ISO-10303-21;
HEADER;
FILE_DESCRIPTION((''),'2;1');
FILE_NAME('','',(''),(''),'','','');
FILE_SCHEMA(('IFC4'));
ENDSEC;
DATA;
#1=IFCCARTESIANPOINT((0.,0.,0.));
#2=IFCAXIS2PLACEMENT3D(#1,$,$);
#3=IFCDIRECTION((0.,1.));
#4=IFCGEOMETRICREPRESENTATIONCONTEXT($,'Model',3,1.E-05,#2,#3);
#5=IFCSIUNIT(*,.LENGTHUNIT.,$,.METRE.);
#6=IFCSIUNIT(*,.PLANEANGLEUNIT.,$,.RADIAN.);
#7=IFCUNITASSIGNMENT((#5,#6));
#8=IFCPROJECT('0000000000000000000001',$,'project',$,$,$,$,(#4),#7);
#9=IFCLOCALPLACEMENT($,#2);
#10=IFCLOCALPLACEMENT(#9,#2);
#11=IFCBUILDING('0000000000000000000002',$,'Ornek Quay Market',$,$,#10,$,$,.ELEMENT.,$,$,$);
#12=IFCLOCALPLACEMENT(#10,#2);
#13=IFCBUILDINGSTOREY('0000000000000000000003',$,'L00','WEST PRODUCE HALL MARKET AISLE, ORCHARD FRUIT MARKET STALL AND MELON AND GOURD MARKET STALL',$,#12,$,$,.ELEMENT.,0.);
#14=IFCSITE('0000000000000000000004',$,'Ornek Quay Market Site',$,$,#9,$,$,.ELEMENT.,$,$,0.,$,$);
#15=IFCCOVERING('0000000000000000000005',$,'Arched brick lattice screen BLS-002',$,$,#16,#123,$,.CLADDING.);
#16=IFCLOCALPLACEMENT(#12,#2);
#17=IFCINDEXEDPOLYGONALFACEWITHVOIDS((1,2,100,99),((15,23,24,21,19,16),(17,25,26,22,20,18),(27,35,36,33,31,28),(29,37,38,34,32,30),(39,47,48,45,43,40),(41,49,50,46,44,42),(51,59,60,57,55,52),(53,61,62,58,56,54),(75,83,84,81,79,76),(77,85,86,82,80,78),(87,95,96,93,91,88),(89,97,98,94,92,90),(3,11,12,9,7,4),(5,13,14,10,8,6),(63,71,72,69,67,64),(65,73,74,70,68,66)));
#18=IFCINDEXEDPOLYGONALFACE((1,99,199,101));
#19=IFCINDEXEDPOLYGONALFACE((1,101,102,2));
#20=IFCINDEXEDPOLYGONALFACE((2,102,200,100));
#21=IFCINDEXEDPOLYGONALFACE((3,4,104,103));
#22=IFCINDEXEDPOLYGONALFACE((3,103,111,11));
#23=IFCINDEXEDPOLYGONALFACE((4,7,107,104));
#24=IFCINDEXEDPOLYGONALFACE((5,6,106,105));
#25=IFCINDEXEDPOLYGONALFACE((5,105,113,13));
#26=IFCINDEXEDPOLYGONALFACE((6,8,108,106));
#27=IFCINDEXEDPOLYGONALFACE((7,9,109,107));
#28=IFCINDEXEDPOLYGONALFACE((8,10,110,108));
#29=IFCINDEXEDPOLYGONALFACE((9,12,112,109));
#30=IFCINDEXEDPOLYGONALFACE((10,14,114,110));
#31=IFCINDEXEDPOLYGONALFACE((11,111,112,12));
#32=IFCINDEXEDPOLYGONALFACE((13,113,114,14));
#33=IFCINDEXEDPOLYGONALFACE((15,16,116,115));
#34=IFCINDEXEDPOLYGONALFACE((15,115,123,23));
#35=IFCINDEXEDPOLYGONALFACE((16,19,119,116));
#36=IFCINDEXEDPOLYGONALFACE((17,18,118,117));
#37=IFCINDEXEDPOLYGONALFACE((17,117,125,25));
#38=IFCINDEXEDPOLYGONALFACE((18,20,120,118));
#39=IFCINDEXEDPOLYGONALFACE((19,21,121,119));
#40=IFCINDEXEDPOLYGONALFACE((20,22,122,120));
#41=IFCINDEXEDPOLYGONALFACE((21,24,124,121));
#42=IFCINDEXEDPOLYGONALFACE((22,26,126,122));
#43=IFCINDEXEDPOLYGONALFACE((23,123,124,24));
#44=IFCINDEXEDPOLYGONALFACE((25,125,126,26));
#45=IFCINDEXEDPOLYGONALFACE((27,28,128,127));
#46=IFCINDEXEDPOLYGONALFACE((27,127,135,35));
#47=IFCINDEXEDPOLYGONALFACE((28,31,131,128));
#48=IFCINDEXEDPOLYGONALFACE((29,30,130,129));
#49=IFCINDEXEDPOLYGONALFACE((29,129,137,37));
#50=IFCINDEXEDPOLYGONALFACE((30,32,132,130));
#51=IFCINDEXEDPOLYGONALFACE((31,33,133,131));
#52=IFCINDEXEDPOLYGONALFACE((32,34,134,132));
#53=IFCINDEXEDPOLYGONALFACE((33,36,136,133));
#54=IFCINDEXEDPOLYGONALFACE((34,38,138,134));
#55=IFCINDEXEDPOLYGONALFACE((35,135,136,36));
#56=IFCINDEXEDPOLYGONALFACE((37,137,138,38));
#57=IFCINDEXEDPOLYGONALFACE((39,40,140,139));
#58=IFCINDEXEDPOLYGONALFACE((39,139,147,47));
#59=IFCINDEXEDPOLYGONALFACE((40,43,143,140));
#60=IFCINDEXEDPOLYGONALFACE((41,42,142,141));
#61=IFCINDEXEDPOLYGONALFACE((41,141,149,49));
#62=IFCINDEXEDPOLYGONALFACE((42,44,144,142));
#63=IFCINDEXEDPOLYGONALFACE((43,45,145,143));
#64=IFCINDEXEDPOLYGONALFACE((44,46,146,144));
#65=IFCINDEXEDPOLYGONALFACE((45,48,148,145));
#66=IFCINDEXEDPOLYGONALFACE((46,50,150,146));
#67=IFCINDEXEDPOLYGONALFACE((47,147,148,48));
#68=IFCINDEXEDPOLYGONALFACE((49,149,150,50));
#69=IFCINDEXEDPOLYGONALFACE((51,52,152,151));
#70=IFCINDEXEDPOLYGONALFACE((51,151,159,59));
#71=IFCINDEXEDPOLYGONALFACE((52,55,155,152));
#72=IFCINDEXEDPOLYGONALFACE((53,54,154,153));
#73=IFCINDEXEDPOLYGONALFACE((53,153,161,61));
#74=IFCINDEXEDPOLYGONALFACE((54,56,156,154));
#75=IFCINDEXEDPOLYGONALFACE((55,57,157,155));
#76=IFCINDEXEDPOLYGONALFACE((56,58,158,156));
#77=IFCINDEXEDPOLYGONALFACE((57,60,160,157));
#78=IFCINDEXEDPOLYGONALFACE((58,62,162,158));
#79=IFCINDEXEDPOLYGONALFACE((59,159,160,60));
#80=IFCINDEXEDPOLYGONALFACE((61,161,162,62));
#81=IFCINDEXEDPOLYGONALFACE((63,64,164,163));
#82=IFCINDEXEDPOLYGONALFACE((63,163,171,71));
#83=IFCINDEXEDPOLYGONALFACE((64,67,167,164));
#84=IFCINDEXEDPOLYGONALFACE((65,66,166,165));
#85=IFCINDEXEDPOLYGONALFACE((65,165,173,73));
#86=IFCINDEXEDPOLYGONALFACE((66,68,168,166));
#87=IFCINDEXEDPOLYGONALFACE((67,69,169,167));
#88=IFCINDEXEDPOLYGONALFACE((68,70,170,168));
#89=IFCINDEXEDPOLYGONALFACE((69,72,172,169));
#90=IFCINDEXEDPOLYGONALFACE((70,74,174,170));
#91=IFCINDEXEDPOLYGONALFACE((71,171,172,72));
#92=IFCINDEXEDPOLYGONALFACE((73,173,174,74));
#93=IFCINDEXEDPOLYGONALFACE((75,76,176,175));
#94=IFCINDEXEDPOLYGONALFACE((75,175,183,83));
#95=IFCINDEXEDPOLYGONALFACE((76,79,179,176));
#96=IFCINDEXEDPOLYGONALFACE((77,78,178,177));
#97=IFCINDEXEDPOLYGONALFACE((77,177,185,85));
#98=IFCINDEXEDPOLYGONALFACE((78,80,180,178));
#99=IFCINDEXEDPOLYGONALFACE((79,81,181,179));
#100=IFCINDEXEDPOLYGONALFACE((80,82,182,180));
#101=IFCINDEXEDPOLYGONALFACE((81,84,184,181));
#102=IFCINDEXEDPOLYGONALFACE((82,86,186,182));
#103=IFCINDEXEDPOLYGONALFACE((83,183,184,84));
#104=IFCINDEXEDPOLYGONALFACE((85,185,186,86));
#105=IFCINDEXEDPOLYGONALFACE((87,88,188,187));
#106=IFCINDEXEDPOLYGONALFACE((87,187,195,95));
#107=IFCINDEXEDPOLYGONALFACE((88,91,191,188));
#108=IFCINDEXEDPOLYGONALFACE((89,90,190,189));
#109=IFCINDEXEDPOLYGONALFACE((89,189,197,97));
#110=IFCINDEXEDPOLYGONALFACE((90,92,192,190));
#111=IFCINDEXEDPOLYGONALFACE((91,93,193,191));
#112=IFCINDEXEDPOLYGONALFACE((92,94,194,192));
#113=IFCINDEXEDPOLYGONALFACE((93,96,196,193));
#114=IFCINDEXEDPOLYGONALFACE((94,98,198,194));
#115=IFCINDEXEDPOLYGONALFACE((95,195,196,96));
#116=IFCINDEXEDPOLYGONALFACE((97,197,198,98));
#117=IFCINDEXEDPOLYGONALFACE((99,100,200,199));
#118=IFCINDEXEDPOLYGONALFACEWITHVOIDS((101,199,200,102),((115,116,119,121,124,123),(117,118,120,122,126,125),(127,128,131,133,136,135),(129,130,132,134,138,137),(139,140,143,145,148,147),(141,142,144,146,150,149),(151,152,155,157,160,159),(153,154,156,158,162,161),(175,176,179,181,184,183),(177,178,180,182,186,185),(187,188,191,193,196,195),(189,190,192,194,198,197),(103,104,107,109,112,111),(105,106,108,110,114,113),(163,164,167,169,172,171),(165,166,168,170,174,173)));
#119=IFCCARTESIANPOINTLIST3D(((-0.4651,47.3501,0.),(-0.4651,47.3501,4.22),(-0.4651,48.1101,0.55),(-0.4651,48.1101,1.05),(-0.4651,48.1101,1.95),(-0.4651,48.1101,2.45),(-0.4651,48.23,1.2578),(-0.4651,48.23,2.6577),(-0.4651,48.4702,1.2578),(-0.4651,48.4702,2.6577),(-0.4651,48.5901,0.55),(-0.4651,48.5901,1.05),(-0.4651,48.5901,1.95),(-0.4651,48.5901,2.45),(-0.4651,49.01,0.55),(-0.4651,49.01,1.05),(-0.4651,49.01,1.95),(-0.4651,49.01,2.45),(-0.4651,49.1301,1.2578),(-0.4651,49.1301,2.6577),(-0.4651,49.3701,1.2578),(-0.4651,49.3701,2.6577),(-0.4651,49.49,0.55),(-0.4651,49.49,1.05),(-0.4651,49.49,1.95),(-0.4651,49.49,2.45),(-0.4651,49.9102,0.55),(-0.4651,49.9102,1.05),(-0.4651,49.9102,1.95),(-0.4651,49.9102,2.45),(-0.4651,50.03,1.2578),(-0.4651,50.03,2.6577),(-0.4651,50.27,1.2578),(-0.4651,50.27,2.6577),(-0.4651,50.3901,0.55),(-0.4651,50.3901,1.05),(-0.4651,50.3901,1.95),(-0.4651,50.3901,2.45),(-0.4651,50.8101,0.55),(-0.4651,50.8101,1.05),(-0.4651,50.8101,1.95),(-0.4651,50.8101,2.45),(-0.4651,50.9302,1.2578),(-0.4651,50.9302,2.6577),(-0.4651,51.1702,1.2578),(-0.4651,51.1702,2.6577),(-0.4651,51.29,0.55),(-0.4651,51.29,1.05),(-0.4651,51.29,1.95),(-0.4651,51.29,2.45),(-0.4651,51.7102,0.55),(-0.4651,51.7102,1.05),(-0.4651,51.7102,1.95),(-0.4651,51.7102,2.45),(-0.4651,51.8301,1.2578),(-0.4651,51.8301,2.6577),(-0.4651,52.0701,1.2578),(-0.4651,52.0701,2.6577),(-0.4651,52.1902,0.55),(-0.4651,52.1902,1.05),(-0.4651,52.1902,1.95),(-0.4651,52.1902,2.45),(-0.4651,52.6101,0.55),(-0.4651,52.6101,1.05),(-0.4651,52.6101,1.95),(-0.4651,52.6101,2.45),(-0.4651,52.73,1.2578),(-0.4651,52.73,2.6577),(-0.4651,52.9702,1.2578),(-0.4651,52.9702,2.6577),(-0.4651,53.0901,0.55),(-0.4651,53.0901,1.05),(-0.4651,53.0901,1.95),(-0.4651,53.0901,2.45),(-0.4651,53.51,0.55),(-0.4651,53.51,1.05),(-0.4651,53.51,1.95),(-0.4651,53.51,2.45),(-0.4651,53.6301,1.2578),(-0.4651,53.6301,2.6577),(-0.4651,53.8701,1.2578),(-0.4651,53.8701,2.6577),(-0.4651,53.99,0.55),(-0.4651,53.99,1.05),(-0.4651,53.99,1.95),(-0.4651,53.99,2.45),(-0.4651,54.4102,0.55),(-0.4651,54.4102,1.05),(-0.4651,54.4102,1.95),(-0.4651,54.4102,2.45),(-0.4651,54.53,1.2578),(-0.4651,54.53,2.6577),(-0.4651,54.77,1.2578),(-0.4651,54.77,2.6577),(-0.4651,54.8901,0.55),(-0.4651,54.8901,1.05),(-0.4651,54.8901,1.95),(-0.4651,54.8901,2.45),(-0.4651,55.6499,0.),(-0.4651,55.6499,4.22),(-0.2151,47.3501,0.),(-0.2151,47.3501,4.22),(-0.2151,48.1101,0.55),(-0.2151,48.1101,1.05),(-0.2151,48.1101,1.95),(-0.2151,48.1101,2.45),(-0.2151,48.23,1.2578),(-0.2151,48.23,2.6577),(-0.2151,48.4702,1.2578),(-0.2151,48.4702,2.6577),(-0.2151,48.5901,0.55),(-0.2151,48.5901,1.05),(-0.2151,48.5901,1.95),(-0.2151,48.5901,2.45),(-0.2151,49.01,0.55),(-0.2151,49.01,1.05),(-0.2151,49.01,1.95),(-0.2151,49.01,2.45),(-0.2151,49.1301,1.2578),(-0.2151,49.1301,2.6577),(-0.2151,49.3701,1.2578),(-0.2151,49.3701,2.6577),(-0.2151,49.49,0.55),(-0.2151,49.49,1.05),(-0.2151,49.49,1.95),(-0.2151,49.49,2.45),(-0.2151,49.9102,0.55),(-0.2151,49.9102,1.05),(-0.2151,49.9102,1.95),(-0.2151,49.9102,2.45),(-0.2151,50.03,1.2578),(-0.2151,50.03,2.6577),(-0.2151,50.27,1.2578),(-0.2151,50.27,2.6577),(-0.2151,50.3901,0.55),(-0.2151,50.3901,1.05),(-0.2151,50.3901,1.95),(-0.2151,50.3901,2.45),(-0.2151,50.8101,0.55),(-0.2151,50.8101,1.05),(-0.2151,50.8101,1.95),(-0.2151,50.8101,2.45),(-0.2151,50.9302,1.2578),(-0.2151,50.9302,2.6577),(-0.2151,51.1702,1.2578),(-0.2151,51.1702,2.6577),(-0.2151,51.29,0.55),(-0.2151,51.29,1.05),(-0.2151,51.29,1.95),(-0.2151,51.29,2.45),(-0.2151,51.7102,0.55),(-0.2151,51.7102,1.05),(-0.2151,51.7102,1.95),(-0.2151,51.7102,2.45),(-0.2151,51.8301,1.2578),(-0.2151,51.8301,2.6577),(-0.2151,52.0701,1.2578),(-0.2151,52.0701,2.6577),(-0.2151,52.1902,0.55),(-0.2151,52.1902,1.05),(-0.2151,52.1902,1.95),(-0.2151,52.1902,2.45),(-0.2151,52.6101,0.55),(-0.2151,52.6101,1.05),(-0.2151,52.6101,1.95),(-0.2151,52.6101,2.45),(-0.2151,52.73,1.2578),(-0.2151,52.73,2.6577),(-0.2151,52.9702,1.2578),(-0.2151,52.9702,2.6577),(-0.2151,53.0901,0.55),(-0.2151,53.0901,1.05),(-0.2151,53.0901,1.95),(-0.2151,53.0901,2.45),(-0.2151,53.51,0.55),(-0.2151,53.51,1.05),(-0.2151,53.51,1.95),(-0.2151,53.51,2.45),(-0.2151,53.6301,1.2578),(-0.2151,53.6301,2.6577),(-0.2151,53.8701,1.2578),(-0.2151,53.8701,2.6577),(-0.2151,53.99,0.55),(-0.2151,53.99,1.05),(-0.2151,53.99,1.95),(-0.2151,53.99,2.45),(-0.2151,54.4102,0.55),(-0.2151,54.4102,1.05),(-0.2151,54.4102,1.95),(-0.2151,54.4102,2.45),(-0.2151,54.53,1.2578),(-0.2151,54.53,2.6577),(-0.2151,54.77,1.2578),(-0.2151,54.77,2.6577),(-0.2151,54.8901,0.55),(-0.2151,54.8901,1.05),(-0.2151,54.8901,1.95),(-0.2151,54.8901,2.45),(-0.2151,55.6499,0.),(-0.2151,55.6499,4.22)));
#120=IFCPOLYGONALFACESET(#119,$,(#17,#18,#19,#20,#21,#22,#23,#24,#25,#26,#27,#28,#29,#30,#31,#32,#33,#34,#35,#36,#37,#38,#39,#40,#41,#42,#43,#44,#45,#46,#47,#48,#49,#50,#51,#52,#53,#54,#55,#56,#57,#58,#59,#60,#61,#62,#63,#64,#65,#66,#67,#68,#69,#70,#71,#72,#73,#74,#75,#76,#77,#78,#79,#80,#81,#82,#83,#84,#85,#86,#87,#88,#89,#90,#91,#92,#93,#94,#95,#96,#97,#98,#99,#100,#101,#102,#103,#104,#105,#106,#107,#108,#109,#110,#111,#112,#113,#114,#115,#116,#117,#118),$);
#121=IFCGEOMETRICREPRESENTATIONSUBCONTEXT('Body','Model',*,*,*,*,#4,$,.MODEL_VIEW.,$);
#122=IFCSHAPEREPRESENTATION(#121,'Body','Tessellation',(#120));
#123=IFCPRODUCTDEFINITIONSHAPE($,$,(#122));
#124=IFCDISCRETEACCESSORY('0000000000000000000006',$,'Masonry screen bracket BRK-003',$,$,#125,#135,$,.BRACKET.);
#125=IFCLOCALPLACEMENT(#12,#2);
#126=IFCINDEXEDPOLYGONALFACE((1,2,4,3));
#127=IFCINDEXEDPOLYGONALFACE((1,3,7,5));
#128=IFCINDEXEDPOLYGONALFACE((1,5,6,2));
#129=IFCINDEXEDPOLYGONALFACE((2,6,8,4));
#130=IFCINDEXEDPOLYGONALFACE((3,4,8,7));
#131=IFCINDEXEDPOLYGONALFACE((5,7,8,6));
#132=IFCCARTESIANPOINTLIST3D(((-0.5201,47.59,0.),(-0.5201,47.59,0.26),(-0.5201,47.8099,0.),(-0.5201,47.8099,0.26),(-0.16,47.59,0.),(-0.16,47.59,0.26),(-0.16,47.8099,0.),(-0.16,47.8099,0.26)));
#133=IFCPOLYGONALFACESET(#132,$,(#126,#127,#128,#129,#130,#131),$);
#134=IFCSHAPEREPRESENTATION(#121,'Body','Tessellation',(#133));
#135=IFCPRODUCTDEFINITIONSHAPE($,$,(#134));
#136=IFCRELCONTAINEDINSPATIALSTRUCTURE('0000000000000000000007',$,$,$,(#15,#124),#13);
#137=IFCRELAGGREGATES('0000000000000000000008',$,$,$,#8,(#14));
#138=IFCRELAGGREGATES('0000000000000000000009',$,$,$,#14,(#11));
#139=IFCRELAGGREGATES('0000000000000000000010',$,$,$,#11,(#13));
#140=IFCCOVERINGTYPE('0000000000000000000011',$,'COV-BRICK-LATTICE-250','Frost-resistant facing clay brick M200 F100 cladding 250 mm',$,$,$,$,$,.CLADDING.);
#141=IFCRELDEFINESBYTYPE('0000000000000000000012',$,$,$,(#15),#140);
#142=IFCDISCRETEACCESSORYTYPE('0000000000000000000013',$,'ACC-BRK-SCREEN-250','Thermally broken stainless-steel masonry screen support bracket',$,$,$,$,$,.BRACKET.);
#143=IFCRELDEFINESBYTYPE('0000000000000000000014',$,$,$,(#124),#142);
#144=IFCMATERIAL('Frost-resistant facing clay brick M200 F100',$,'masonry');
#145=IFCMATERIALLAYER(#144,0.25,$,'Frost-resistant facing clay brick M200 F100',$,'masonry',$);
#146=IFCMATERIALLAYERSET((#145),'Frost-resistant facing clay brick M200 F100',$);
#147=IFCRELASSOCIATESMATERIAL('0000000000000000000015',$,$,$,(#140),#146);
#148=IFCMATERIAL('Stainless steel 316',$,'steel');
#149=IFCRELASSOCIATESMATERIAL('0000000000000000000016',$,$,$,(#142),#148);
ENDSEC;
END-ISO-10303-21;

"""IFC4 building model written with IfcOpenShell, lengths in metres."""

from ifc_helpers import new_model, si_unit, direction, frame, origin, origin_2d, place, context, subcontext, project, spatial, polyline, rectangle, outline, extrude, material, layer, layer_set, type_object, element, save


model = new_model("IFC4")

# Units and contexts
model_context = context("Model", 3, precision=1e-05, world=origin(), true_north=direction((0.0, 1.0)))
body_context = subcontext(model_context, "Body", "Model", "MODEL_VIEW")
ifc_project = project(units=[si_unit("LENGTHUNIT", "METRE"), si_unit("PLANEANGLEUNIT", "RADIAN")], contexts=[model_context])

# Site, building, storey
site_placement = place(None, origin())
site = spatial("IfcSite", under=ifc_project, at=site_placement, Name="Ornek Quay Market Site", CompositionType="ELEMENT", RefElevation=0.0)
building_placement = place(site_placement, origin())
building = spatial("IfcBuilding", under=site, at=building_placement, Name="Ornek Quay Market", CompositionType="ELEMENT")
storey_placement = place(building_placement, origin())
storey = spatial("IfcBuildingStorey", under=building, at=storey_placement, Name="L00", Description="WEST PRODUCE HALL MARKET AISLE, ORCHARD FRUIT MARKET STALL AND MELON AND GOURD MARKET STALL", CompositionType="ELEMENT", Elevation=0.0)

# Shared definitions
ifc_material_1 = material(Name="Frost-resistant facing clay brick M200 F100", Category="masonry")

# Covering
ifc_layer_1 = layer(ifc_material_1, 0.25, Name="Frost-resistant facing clay brick M200 F100", Category="masonry")
ifc_layer_set_1 = layer_set([ifc_layer_1], Name="Frost-resistant facing clay brick M200 F100")
covering_type = type_object("IfcCoveringType", Name="COV-BRICK-LATTICE-250", Description="Frost-resistant facing clay brick M200 F100 cladding 250 mm", PredefinedType="CLADDING", material=ifc_layer_set_1)
covering_placement = place(storey_placement, frame((-0.3401, 47.3501, 0.0), z_axis=(0.0, 0.0, 1.0), x_axis=(0.0, 1.0, 0.0)))
element("IfcCovering", 1, at=covering_placement, inside=storey, type_object=covering_type, Name="Arched brick lattice screen BLS-002", PredefinedType="CLADDING", context=body_context, shape_type="SweptSolid", body=[
    extrude(outline(polyline([(0.0, 0.0), (8.2998, 0.0), (8.2998, 4.22), (0.0, 4.22), (0.0, 0.0)]), holes=[polyline([(0.76, 0.55), (1.24, 0.55), (1.24, 1.05), (1.1201, 1.2578), (0.8799, 1.2578), (0.76, 1.05), (0.76, 0.55)]), polyline([(0.76, 1.95), (1.24, 1.95), (1.24, 2.45), (1.1201, 2.6577), (0.8799, 2.6577), (0.76, 2.45), (0.76, 1.95)]), polyline([(1.6599, 0.55), (2.1399, 0.55), (2.1399, 1.05), (2.02, 1.2578), (1.78, 1.2578), (1.6599, 1.05), (1.6599, 0.55)]), polyline([(1.6599, 1.95), (2.1399, 1.95), (2.1399, 2.45), (2.02, 2.6577), (1.78, 2.6577), (1.6599, 2.45), (1.6599, 1.95)]), polyline([(2.5601, 0.55), (3.04, 0.55), (3.04, 1.05), (2.9199, 1.2578), (2.6799, 1.2578), (2.5601, 1.05), (2.5601, 0.55)]), polyline([(2.5601, 1.95), (3.04, 1.95), (3.04, 2.45), (2.9199, 2.6577), (2.6799, 2.6577), (2.5601, 2.45), (2.5601, 1.95)]), polyline([(3.46, 0.55), (3.9399, 0.55), (3.9399, 1.05), (3.8201, 1.2578), (3.5801, 1.2578), (3.46, 1.05), (3.46, 0.55)]), polyline([(3.46, 1.95), (3.9399, 1.95), (3.9399, 2.45), (3.8201, 2.6577), (3.5801, 2.6577), (3.46, 2.45), (3.46, 1.95)]), polyline([(4.3601, 0.55), (4.8401, 0.55), (4.8401, 1.05), (4.72, 1.2578), (4.48, 1.2578), (4.3601, 1.05), (4.3601, 0.55)]), polyline([(4.3601, 1.95), (4.8401, 1.95), (4.8401, 2.45), (4.72, 2.6577), (4.48, 2.6577), (4.3601, 2.45), (4.3601, 1.95)]), polyline([(5.26, 0.55), (5.74, 0.55), (5.74, 1.05), (5.6201, 1.2578), (5.3799, 1.2578), (5.26, 1.05), (5.26, 0.55)]), polyline([(5.26, 1.95), (5.74, 1.95), (5.74, 2.45), (5.6201, 2.6577), (5.3799, 2.6577), (5.26, 2.45), (5.26, 1.95)]), polyline([(6.1599, 0.55), (6.6399, 0.55), (6.6399, 1.05), (6.52, 1.2578), (6.28, 1.2578), (6.1599, 1.05), (6.1599, 0.55)]), polyline([(6.1599, 1.95), (6.6399, 1.95), (6.6399, 2.45), (6.52, 2.6577), (6.28, 2.6577), (6.1599, 2.45), (6.1599, 1.95)]), polyline([(7.0601, 0.55), (7.54, 0.55), (7.54, 1.05), (7.4199, 1.2578), (7.1799, 1.2578), (7.0601, 1.05), (7.0601, 0.55)]), polyline([(7.0601, 1.95), (7.54, 1.95), (7.54, 2.45), (7.4199, 2.6577), (7.1799, 2.6577), (7.0601, 2.45), (7.0601, 1.95)])]), frame((0.0, 0.125, 0.0), z_axis=(0.0, -1.0, 0.0), x_axis=(1.0, 0.0, 0.0)), (0.0, 0.0, 1.0), 0.25),
])

# Discrete accessory
ifc_material_2 = material(Name="Stainless steel 316", Category="steel")
discrete_accessory_type = type_object("IfcDiscreteAccessoryType", Name="ACC-BRK-SCREEN-250", Description="Thermally broken stainless-steel masonry screen support bracket", PredefinedType="BRACKET", material=ifc_material_2)
discrete_accessory_placement = place(storey_placement, frame((-0.3401, 47.7, 0.0), z_axis=(0.0, 0.0, 1.0), x_axis=(0.0, 1.0, 0.0)))
element("IfcDiscreteAccessory", 2, at=discrete_accessory_placement, inside=storey, type_object=discrete_accessory_type, Name="Masonry screen bracket BRK-003", PredefinedType="BRACKET", context=body_context, shape_type="SweptSolid", body=[
    extrude(rectangle(XDim=0.22, YDim=0.3601, at=origin_2d()), origin(), (0.0, 0.0, 1.0), 0.26),
])

save(model, "model.ifc")
